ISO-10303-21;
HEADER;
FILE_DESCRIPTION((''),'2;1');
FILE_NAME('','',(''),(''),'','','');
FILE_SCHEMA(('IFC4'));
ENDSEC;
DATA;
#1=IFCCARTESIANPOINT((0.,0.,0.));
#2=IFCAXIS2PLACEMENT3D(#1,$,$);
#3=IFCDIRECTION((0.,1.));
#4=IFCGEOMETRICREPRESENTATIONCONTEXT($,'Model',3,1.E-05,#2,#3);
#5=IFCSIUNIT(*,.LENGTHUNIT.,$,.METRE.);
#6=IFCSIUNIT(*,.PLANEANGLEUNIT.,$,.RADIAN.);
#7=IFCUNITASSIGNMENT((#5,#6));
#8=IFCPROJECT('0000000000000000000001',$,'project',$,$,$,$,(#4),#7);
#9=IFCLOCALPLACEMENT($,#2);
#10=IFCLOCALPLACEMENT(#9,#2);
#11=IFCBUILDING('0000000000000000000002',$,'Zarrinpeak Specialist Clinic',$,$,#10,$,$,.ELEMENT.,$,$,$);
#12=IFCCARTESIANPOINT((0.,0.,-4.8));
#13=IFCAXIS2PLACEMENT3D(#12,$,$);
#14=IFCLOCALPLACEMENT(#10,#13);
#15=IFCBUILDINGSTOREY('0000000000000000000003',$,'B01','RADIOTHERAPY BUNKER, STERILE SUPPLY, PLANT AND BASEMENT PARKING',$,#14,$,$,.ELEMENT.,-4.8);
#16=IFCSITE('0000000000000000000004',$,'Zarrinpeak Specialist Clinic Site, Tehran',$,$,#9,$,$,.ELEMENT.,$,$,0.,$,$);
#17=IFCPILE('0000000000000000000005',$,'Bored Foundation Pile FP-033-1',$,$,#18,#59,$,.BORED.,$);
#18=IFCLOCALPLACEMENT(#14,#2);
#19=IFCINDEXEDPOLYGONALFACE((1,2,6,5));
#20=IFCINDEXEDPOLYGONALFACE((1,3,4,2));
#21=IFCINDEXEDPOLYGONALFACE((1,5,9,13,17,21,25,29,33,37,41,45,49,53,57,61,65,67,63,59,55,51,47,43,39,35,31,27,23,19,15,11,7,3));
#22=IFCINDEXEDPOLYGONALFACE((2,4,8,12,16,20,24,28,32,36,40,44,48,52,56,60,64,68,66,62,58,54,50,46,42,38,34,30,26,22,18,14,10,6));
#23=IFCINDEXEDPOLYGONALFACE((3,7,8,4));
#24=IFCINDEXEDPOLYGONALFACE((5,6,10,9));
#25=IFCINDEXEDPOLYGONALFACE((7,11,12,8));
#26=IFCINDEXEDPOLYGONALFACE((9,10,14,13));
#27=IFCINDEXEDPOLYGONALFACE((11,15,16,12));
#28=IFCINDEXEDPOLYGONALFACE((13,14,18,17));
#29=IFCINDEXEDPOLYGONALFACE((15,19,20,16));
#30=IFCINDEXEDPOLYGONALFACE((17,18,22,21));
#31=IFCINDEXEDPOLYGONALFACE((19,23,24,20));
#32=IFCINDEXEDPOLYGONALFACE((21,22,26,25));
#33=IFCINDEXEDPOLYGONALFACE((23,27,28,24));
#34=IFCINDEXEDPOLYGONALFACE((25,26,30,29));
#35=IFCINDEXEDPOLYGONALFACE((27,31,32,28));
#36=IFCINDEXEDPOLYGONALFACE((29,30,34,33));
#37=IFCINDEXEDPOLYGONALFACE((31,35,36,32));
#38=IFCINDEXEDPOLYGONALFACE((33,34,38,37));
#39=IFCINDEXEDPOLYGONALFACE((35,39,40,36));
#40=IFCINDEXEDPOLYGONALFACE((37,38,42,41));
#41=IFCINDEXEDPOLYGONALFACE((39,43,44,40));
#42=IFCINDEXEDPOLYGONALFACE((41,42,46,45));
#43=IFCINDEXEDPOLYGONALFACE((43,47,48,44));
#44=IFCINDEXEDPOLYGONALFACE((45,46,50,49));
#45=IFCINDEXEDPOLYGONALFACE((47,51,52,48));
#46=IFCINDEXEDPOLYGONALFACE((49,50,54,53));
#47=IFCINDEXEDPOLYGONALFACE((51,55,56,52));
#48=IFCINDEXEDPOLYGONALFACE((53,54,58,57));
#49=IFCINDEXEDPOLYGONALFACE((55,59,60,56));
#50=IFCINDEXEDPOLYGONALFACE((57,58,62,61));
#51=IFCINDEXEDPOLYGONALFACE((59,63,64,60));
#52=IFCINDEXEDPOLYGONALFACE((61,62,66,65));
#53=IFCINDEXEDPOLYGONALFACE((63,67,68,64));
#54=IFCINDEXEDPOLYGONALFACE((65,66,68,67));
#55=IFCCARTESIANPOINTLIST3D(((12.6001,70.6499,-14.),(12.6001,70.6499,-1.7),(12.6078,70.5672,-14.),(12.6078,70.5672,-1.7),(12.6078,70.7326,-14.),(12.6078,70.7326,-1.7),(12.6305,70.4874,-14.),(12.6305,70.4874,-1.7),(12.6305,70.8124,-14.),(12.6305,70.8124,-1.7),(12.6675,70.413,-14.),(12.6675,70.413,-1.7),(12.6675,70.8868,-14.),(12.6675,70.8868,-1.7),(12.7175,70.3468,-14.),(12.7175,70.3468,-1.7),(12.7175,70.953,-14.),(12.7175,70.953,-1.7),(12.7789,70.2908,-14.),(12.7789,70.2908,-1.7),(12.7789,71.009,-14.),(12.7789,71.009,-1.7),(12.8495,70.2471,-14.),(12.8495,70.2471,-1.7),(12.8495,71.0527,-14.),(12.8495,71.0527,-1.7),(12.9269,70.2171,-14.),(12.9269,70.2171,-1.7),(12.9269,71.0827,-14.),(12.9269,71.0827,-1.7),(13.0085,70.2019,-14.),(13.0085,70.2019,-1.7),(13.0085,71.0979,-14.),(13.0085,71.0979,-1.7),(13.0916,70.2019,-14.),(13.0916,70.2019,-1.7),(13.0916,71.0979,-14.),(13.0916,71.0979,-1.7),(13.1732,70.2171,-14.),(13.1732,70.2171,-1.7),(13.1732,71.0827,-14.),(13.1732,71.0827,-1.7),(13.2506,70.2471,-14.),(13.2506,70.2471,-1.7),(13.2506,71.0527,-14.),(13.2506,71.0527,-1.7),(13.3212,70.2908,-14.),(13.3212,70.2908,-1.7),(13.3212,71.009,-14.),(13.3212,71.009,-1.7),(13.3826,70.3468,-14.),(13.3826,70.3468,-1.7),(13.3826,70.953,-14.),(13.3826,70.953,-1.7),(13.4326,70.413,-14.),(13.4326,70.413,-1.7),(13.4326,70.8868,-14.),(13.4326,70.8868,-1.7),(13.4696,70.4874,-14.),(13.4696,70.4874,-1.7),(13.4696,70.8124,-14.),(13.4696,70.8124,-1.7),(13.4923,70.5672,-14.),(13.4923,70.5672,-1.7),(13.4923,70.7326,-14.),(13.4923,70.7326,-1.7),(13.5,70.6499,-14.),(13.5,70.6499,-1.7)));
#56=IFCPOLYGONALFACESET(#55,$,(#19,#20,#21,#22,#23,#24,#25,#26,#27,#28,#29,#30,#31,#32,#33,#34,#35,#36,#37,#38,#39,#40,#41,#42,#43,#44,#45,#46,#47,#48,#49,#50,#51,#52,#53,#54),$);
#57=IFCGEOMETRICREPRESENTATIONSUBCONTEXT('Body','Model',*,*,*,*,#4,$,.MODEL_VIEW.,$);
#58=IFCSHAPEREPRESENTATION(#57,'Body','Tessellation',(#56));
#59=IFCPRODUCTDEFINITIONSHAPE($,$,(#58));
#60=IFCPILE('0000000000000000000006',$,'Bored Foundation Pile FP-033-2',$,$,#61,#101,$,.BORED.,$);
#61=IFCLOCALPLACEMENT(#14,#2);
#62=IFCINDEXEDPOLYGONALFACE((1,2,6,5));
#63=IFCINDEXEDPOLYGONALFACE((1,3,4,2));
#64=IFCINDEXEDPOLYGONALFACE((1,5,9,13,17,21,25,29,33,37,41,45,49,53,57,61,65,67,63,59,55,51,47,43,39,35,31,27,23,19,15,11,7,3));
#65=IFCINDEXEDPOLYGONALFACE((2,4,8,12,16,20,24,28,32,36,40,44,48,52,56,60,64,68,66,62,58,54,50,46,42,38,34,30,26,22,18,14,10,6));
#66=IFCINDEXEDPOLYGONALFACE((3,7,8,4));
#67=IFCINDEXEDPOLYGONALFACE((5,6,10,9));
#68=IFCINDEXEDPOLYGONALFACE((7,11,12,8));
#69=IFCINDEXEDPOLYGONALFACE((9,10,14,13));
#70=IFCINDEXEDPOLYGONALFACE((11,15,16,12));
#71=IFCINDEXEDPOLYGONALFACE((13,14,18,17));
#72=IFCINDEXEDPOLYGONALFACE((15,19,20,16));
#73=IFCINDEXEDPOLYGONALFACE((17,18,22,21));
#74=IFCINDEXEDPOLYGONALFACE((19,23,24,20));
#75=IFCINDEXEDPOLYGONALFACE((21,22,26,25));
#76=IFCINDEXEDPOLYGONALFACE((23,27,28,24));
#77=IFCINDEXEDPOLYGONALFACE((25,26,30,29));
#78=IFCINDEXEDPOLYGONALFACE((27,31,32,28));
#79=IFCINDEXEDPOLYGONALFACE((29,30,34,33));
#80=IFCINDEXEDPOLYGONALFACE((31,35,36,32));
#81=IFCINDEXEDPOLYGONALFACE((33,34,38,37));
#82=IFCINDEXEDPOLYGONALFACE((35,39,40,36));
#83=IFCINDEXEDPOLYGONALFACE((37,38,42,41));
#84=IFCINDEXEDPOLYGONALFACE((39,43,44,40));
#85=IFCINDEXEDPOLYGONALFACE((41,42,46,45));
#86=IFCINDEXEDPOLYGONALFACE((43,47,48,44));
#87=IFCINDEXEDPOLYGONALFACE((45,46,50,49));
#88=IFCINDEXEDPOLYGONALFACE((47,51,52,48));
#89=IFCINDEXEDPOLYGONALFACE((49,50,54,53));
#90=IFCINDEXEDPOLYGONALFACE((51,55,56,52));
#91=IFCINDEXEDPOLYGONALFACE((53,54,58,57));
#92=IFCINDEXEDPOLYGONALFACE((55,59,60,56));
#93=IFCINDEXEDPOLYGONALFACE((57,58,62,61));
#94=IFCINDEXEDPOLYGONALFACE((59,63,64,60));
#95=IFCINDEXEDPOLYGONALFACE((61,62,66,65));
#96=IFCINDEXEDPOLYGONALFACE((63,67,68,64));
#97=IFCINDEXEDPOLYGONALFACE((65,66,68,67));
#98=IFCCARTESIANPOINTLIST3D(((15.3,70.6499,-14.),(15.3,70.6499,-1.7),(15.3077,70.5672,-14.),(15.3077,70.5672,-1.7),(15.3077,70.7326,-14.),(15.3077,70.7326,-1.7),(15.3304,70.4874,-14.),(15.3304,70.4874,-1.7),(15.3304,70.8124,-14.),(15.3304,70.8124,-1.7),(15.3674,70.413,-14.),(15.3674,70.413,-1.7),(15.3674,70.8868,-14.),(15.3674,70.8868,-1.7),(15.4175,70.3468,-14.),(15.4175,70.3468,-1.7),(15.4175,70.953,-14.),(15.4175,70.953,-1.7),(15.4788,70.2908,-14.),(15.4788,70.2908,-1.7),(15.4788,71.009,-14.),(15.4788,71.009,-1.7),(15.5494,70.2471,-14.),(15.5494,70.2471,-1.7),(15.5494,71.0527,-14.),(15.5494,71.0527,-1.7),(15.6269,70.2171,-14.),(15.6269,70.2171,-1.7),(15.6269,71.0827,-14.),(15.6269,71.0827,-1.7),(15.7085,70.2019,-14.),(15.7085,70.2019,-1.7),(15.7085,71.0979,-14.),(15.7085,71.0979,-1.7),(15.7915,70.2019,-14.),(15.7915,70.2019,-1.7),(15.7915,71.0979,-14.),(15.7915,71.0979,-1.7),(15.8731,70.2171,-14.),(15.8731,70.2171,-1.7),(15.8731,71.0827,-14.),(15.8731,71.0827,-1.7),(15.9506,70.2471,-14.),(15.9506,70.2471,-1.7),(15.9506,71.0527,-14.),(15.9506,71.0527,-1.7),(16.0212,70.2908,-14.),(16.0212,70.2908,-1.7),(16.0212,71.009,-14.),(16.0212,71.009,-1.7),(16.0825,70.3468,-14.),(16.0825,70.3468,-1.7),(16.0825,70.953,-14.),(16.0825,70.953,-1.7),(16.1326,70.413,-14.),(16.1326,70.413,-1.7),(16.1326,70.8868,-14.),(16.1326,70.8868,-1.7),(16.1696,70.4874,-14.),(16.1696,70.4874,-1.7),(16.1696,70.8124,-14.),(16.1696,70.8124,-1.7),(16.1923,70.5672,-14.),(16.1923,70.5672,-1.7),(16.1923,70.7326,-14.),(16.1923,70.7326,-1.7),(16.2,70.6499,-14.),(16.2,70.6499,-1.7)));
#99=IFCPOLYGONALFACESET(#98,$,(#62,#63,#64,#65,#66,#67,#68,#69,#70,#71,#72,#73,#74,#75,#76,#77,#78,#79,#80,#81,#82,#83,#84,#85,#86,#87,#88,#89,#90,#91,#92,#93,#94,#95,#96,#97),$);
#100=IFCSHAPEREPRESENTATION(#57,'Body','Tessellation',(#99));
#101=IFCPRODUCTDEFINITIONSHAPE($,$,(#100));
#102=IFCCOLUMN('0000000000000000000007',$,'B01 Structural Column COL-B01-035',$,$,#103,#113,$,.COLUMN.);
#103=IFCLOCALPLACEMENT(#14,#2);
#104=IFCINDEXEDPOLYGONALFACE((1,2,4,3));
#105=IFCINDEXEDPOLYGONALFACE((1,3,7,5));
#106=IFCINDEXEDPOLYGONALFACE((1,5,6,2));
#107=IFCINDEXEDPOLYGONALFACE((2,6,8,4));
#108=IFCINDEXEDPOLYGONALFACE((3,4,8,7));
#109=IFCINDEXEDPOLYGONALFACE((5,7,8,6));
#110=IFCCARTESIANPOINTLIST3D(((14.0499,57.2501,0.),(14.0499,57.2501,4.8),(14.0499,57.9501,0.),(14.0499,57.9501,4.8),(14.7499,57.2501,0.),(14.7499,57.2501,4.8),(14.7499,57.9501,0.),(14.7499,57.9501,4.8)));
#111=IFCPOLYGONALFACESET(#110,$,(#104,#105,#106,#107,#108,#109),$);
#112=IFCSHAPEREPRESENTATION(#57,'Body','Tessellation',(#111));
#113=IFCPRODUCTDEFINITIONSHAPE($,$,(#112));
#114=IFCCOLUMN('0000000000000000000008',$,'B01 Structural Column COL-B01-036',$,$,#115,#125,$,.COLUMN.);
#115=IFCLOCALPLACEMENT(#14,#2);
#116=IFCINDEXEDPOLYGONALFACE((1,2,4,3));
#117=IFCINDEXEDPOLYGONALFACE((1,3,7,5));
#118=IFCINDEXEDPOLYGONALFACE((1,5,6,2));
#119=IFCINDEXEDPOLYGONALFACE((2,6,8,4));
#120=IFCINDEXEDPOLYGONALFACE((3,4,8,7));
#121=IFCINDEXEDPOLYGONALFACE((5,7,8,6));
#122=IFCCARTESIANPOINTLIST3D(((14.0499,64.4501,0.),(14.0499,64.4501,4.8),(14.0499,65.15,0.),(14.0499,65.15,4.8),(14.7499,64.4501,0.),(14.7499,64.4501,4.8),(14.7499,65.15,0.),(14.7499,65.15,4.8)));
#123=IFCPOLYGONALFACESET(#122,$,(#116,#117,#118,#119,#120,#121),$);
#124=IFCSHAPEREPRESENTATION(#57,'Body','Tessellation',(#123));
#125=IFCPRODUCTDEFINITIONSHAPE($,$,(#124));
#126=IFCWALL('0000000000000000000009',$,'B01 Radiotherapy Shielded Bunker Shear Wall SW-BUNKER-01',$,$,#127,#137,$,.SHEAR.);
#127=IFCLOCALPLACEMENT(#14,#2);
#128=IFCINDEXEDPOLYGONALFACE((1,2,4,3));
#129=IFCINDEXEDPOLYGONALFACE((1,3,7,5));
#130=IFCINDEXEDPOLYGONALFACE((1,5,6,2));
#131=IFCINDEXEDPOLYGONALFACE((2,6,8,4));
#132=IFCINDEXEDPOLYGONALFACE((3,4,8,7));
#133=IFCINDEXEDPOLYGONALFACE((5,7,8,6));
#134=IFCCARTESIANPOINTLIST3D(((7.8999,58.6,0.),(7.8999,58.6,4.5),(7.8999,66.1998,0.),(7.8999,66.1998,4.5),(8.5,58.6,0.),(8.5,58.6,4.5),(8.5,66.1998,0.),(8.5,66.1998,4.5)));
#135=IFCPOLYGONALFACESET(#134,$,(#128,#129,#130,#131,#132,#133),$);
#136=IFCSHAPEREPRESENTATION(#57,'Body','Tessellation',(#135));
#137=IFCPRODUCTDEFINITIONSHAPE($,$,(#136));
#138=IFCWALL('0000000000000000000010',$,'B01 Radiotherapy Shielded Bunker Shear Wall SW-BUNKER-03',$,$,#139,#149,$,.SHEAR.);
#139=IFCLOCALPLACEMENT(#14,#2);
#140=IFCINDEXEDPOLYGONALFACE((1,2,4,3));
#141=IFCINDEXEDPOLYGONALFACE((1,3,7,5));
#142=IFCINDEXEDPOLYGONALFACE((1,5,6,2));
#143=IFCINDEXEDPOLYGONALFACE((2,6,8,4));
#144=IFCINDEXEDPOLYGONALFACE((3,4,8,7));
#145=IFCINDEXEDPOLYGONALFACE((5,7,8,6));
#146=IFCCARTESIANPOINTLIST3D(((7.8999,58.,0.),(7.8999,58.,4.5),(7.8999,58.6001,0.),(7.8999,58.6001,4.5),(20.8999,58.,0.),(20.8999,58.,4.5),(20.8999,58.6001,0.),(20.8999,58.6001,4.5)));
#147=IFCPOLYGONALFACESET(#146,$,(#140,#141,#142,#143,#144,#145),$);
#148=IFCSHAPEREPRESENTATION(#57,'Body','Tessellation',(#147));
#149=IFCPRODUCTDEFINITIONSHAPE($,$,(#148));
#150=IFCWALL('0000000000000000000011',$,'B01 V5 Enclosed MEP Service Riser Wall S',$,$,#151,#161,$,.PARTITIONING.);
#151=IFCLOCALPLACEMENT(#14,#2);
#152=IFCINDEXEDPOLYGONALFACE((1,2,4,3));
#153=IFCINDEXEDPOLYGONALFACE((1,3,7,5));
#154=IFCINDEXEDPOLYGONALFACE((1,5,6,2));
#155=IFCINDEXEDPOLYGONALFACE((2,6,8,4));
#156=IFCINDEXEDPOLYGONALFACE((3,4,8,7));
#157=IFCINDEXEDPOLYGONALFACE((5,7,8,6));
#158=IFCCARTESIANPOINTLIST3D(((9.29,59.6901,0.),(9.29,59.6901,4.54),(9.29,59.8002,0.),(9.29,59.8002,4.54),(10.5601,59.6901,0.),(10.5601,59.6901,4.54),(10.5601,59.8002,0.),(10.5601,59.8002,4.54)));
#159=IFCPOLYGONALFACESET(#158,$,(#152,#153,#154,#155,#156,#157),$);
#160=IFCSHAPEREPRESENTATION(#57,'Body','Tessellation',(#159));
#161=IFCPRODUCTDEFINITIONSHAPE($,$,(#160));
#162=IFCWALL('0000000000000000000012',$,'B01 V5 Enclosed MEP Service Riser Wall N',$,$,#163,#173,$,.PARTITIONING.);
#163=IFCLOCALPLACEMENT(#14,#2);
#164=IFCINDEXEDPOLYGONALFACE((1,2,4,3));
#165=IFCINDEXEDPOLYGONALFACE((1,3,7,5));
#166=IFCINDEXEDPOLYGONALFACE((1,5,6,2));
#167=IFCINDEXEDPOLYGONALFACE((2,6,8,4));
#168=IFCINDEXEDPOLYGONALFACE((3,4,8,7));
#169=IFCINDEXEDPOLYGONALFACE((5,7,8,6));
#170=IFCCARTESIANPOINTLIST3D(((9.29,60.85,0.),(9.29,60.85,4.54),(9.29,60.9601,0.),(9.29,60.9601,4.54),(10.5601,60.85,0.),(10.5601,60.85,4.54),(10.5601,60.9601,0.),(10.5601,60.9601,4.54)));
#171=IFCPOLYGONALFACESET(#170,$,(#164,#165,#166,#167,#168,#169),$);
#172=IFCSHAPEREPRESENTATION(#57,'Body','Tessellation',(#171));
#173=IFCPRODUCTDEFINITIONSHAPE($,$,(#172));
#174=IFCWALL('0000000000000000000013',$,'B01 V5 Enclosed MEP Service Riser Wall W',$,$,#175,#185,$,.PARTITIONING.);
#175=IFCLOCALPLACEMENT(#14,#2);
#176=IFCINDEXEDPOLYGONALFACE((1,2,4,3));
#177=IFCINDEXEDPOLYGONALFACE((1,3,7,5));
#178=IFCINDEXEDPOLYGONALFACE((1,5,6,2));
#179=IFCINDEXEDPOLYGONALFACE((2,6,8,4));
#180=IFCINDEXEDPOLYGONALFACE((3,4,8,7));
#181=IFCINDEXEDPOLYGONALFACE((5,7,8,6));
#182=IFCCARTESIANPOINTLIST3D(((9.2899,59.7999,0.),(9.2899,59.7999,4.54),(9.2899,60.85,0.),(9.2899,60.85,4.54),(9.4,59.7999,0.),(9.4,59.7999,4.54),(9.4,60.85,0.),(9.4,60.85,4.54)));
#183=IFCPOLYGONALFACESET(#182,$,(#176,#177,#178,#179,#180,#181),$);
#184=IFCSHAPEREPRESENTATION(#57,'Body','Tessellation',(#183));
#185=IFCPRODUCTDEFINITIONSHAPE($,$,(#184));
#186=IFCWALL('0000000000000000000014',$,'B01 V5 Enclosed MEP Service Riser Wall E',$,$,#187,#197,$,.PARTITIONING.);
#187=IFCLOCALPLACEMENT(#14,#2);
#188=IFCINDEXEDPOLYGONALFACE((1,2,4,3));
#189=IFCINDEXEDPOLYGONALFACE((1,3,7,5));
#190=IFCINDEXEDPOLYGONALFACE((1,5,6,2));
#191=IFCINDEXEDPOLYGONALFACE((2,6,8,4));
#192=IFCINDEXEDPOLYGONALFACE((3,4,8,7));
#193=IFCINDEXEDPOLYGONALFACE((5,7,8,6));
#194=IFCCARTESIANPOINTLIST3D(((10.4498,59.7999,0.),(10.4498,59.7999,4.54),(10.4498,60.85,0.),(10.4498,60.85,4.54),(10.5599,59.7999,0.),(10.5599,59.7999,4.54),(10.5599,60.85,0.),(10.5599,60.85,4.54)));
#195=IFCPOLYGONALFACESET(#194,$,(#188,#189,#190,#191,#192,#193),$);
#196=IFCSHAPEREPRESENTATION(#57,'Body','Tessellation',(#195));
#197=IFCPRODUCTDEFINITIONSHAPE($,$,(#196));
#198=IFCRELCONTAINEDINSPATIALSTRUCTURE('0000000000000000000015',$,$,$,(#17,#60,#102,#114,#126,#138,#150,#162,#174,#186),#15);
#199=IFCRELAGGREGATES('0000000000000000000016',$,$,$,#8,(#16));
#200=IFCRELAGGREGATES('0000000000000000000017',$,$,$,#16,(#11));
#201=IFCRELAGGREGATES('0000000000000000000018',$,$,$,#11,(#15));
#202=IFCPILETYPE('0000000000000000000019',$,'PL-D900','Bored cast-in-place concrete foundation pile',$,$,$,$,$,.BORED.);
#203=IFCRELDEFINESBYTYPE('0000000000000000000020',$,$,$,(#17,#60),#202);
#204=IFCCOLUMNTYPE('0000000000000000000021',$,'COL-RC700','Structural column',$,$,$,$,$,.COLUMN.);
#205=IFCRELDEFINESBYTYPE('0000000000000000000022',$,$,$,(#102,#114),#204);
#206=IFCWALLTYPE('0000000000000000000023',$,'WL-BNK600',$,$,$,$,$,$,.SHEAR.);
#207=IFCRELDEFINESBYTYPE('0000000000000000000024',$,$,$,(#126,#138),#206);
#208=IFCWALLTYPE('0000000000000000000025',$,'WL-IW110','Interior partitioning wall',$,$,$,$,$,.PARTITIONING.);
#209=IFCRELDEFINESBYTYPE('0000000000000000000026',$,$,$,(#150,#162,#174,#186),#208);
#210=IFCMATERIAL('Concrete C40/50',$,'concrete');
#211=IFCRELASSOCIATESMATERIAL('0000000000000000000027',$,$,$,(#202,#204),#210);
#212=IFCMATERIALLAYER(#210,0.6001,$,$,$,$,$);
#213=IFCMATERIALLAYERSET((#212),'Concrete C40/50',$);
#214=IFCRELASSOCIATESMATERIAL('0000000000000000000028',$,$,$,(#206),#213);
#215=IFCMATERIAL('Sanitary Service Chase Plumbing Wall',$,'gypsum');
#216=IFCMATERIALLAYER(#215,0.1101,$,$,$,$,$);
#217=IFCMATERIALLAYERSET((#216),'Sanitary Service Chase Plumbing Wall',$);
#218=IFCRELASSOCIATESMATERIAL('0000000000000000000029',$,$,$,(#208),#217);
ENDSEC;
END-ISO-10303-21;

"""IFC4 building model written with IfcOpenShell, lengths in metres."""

from ifc_helpers import new_model, si_unit, direction, frame, frame_2d, origin, origin_2d, place, context, subcontext, project, spatial, rectangle, circle, extrude, material, layer, layer_set, material_profile, profile_set, type_object, element, save


model = new_model("IFC4")

# Units and contexts
model_context = context("Model", 3, precision=1e-05, world=origin(), true_north=direction((0.0, 1.0)))
body_context = subcontext(model_context, "Body", "Model", "MODEL_VIEW")
ifc_project = project(units=[si_unit("LENGTHUNIT", "METRE"), si_unit("PLANEANGLEUNIT", "RADIAN")], contexts=[model_context])

# Site, building, storey
site_placement = place(None, origin())
site = spatial("IfcSite", under=ifc_project, at=site_placement, Name="Zarrinpeak Specialist Clinic Site, Tehran", CompositionType="ELEMENT", RefElevation=0.0)
building_placement = place(site_placement, origin())
building = spatial("IfcBuilding", under=site, at=building_placement, Name="Zarrinpeak Specialist Clinic", CompositionType="ELEMENT")
storey_placement = place(building_placement, frame((0.0, 0.0, -4.8)))
storey = spatial("IfcBuildingStorey", under=building, at=storey_placement, Name="B01", Description="RADIOTHERAPY BUNKER, STERILE SUPPLY, PLANT AND BASEMENT PARKING", CompositionType="ELEMENT", Elevation=-4.8)

# Shared definitions
ifc_material_1 = material(Name="Concrete C40/50", Category="concrete")

# Piles
ifc_material_profile_1 = material_profile(ifc_material_1, circle(Radius=0.45, at=origin_2d()), Name="BORED PILE D900")
ifc_profile_set_1 = profile_set([ifc_material_profile_1], Name="Concrete C40/50")
pile_type = type_object("IfcPileType", Name="PL-D900", Description="Bored cast-in-place concrete foundation pile", PredefinedType="BORED", material=ifc_profile_set_1)
for number, where, z_axis, x_axis, name in (
    (1, (13.05, 70.6499, -1.7), (0.0, 0.0, -1.0), (1.0, 0.0, 0.0), "Bored Foundation Pile FP-033-1"),
    (2, (15.75, 70.6499, -1.7), (0.0, 0.0, -1.0), (1.0, 0.0, 0.0), "Bored Foundation Pile FP-033-2"),
):
    element("IfcPile", number, at=place(storey_placement, frame(where, z_axis=z_axis, x_axis=x_axis)), inside=storey, type_object=pile_type, Name=name, PredefinedType="BORED", context=body_context, shape_type="SweptSolid", body=[
        extrude(circle(Radius=0.45, at=origin_2d()), origin(), (0.0, 0.0, 1.0), 12.3),
    ])

# Columns
ifc_material_profile_2 = material_profile(ifc_material_1, rectangle(XDim=0.7, YDim=0.7, at=origin_2d()), Name="RC 700x700")
ifc_profile_set_2 = profile_set([ifc_material_profile_2], Name="Concrete C40/50")
column_type = type_object("IfcColumnType", Name="COL-RC700", Description="Structural column", PredefinedType="COLUMN", material=ifc_profile_set_2)
for number, where, z_axis, x_axis, name in (
    (3, (14.3999, 57.6001, 0.0), (0.0, 0.0, 1.0), (1.0, 0.0, 0.0), "B01 Structural Column COL-B01-035"),
    (4, (14.3999, 64.8, 0.0), (0.0, 0.0, 1.0), (1.0, 0.0, 0.0), "B01 Structural Column COL-B01-036"),
):
    element("IfcColumn", number, at=place(storey_placement, frame(where, z_axis=z_axis, x_axis=x_axis)), inside=storey, type_object=column_type, Name=name, PredefinedType="COLUMN", context=body_context, shape_type="SweptSolid", body=[
        extrude(rectangle(XDim=0.7, YDim=0.7, at=origin_2d()), origin(), (0.0, 0.0, 1.0), 4.8),
    ])

# Walls
ifc_layer_1 = layer(ifc_material_1, 0.6001)
ifc_layer_set_1 = layer_set([ifc_layer_1], Name="Concrete C40/50")
wall_type_1 = type_object("IfcWallType", Name="WL-BNK600", PredefinedType="SHEAR", material=ifc_layer_set_1)
wall_1_placement = place(storey_placement, frame((8.2, 58.6001, 0.0), z_axis=(0.0, 0.0, 1.0), x_axis=(0.0, 1.0, 0.0)))
element("IfcWall", 5, at=wall_1_placement, inside=storey, type_object=wall_type_1, Name="B01 Radiotherapy Shielded Bunker Shear Wall SW-BUNKER-01", PredefinedType="SHEAR", context=body_context, shape_type="SweptSolid", body=[
    extrude(rectangle(XDim=7.5999, YDim=0.6001, at=frame_2d((3.7998, 0.0))), origin(), (0.0, 0.0, 1.0), 4.5),
])
wall_2_placement = place(storey_placement, frame((7.8999, 58.3, 0.0), z_axis=(0.0, 0.0, 1.0), x_axis=(1.0, 0.0, 0.0)))
element("IfcWall", 6, at=wall_2_placement, inside=storey, type_object=wall_type_1, Name="B01 Radiotherapy Shielded Bunker Shear Wall SW-BUNKER-03", PredefinedType="SHEAR", context=body_context, shape_type="SweptSolid", body=[
    extrude(rectangle(XDim=13.0, YDim=0.6001, at=frame_2d((6.5, 0.0))), origin(), (0.0, 0.0, 1.0), 4.5),
])
ifc_material_2 = material(Name="Sanitary Service Chase Plumbing Wall", Category="gypsum")
ifc_layer_2 = layer(ifc_material_2, 0.1101)
ifc_layer_set_2 = layer_set([ifc_layer_2], Name="Sanitary Service Chase Plumbing Wall")
wall_type_2 = type_object("IfcWallType", Name="WL-IW110", Description="Interior partitioning wall", PredefinedType="PARTITIONING", material=ifc_layer_set_2)
for number, where, z_axis, x_axis, name in (
    (7, (9.29, 59.7451, 0.0), (0.0, 0.0, 1.0), (1.0, 0.0, 0.0), "B01 V5 Enclosed MEP Service Riser Wall S"),
    (8, (9.29, 60.905, 0.0), (0.0, 0.0, 1.0), (1.0, 0.0, 0.0), "B01 V5 Enclosed MEP Service Riser Wall N"),
):
    element("IfcWall", number, at=place(storey_placement, frame(where, z_axis=z_axis, x_axis=x_axis)), inside=storey, type_object=wall_type_2, Name=name, PredefinedType="PARTITIONING", context=body_context, shape_type="SweptSolid", body=[
        extrude(rectangle(XDim=1.27, YDim=0.1101, at=frame_2d((0.635, 0.0))), origin(), (0.0, 0.0, 1.0), 4.54),
    ])
for number, where, z_axis, x_axis, name in (
    (9, (9.345, 59.8, 0.0), (0.0, 0.0, 1.0), (0.0, 1.0, 0.0), "B01 V5 Enclosed MEP Service Riser Wall W"),
    (10, (10.5049, 59.8, 0.0), (0.0, 0.0, 1.0), (0.0, 1.0, 0.0), "B01 V5 Enclosed MEP Service Riser Wall E"),
):
    element("IfcWall", number, at=place(storey_placement, frame(where, z_axis=z_axis, x_axis=x_axis)), inside=storey, type_object=wall_type_2, Name=name, PredefinedType="PARTITIONING", context=body_context, shape_type="SweptSolid", body=[
        extrude(rectangle(XDim=1.05, YDim=0.1101, at=frame_2d((0.5249, 0.0))), origin(), (0.0, 0.0, 1.0), 4.54),
    ])

save(model, "model.ifc")
